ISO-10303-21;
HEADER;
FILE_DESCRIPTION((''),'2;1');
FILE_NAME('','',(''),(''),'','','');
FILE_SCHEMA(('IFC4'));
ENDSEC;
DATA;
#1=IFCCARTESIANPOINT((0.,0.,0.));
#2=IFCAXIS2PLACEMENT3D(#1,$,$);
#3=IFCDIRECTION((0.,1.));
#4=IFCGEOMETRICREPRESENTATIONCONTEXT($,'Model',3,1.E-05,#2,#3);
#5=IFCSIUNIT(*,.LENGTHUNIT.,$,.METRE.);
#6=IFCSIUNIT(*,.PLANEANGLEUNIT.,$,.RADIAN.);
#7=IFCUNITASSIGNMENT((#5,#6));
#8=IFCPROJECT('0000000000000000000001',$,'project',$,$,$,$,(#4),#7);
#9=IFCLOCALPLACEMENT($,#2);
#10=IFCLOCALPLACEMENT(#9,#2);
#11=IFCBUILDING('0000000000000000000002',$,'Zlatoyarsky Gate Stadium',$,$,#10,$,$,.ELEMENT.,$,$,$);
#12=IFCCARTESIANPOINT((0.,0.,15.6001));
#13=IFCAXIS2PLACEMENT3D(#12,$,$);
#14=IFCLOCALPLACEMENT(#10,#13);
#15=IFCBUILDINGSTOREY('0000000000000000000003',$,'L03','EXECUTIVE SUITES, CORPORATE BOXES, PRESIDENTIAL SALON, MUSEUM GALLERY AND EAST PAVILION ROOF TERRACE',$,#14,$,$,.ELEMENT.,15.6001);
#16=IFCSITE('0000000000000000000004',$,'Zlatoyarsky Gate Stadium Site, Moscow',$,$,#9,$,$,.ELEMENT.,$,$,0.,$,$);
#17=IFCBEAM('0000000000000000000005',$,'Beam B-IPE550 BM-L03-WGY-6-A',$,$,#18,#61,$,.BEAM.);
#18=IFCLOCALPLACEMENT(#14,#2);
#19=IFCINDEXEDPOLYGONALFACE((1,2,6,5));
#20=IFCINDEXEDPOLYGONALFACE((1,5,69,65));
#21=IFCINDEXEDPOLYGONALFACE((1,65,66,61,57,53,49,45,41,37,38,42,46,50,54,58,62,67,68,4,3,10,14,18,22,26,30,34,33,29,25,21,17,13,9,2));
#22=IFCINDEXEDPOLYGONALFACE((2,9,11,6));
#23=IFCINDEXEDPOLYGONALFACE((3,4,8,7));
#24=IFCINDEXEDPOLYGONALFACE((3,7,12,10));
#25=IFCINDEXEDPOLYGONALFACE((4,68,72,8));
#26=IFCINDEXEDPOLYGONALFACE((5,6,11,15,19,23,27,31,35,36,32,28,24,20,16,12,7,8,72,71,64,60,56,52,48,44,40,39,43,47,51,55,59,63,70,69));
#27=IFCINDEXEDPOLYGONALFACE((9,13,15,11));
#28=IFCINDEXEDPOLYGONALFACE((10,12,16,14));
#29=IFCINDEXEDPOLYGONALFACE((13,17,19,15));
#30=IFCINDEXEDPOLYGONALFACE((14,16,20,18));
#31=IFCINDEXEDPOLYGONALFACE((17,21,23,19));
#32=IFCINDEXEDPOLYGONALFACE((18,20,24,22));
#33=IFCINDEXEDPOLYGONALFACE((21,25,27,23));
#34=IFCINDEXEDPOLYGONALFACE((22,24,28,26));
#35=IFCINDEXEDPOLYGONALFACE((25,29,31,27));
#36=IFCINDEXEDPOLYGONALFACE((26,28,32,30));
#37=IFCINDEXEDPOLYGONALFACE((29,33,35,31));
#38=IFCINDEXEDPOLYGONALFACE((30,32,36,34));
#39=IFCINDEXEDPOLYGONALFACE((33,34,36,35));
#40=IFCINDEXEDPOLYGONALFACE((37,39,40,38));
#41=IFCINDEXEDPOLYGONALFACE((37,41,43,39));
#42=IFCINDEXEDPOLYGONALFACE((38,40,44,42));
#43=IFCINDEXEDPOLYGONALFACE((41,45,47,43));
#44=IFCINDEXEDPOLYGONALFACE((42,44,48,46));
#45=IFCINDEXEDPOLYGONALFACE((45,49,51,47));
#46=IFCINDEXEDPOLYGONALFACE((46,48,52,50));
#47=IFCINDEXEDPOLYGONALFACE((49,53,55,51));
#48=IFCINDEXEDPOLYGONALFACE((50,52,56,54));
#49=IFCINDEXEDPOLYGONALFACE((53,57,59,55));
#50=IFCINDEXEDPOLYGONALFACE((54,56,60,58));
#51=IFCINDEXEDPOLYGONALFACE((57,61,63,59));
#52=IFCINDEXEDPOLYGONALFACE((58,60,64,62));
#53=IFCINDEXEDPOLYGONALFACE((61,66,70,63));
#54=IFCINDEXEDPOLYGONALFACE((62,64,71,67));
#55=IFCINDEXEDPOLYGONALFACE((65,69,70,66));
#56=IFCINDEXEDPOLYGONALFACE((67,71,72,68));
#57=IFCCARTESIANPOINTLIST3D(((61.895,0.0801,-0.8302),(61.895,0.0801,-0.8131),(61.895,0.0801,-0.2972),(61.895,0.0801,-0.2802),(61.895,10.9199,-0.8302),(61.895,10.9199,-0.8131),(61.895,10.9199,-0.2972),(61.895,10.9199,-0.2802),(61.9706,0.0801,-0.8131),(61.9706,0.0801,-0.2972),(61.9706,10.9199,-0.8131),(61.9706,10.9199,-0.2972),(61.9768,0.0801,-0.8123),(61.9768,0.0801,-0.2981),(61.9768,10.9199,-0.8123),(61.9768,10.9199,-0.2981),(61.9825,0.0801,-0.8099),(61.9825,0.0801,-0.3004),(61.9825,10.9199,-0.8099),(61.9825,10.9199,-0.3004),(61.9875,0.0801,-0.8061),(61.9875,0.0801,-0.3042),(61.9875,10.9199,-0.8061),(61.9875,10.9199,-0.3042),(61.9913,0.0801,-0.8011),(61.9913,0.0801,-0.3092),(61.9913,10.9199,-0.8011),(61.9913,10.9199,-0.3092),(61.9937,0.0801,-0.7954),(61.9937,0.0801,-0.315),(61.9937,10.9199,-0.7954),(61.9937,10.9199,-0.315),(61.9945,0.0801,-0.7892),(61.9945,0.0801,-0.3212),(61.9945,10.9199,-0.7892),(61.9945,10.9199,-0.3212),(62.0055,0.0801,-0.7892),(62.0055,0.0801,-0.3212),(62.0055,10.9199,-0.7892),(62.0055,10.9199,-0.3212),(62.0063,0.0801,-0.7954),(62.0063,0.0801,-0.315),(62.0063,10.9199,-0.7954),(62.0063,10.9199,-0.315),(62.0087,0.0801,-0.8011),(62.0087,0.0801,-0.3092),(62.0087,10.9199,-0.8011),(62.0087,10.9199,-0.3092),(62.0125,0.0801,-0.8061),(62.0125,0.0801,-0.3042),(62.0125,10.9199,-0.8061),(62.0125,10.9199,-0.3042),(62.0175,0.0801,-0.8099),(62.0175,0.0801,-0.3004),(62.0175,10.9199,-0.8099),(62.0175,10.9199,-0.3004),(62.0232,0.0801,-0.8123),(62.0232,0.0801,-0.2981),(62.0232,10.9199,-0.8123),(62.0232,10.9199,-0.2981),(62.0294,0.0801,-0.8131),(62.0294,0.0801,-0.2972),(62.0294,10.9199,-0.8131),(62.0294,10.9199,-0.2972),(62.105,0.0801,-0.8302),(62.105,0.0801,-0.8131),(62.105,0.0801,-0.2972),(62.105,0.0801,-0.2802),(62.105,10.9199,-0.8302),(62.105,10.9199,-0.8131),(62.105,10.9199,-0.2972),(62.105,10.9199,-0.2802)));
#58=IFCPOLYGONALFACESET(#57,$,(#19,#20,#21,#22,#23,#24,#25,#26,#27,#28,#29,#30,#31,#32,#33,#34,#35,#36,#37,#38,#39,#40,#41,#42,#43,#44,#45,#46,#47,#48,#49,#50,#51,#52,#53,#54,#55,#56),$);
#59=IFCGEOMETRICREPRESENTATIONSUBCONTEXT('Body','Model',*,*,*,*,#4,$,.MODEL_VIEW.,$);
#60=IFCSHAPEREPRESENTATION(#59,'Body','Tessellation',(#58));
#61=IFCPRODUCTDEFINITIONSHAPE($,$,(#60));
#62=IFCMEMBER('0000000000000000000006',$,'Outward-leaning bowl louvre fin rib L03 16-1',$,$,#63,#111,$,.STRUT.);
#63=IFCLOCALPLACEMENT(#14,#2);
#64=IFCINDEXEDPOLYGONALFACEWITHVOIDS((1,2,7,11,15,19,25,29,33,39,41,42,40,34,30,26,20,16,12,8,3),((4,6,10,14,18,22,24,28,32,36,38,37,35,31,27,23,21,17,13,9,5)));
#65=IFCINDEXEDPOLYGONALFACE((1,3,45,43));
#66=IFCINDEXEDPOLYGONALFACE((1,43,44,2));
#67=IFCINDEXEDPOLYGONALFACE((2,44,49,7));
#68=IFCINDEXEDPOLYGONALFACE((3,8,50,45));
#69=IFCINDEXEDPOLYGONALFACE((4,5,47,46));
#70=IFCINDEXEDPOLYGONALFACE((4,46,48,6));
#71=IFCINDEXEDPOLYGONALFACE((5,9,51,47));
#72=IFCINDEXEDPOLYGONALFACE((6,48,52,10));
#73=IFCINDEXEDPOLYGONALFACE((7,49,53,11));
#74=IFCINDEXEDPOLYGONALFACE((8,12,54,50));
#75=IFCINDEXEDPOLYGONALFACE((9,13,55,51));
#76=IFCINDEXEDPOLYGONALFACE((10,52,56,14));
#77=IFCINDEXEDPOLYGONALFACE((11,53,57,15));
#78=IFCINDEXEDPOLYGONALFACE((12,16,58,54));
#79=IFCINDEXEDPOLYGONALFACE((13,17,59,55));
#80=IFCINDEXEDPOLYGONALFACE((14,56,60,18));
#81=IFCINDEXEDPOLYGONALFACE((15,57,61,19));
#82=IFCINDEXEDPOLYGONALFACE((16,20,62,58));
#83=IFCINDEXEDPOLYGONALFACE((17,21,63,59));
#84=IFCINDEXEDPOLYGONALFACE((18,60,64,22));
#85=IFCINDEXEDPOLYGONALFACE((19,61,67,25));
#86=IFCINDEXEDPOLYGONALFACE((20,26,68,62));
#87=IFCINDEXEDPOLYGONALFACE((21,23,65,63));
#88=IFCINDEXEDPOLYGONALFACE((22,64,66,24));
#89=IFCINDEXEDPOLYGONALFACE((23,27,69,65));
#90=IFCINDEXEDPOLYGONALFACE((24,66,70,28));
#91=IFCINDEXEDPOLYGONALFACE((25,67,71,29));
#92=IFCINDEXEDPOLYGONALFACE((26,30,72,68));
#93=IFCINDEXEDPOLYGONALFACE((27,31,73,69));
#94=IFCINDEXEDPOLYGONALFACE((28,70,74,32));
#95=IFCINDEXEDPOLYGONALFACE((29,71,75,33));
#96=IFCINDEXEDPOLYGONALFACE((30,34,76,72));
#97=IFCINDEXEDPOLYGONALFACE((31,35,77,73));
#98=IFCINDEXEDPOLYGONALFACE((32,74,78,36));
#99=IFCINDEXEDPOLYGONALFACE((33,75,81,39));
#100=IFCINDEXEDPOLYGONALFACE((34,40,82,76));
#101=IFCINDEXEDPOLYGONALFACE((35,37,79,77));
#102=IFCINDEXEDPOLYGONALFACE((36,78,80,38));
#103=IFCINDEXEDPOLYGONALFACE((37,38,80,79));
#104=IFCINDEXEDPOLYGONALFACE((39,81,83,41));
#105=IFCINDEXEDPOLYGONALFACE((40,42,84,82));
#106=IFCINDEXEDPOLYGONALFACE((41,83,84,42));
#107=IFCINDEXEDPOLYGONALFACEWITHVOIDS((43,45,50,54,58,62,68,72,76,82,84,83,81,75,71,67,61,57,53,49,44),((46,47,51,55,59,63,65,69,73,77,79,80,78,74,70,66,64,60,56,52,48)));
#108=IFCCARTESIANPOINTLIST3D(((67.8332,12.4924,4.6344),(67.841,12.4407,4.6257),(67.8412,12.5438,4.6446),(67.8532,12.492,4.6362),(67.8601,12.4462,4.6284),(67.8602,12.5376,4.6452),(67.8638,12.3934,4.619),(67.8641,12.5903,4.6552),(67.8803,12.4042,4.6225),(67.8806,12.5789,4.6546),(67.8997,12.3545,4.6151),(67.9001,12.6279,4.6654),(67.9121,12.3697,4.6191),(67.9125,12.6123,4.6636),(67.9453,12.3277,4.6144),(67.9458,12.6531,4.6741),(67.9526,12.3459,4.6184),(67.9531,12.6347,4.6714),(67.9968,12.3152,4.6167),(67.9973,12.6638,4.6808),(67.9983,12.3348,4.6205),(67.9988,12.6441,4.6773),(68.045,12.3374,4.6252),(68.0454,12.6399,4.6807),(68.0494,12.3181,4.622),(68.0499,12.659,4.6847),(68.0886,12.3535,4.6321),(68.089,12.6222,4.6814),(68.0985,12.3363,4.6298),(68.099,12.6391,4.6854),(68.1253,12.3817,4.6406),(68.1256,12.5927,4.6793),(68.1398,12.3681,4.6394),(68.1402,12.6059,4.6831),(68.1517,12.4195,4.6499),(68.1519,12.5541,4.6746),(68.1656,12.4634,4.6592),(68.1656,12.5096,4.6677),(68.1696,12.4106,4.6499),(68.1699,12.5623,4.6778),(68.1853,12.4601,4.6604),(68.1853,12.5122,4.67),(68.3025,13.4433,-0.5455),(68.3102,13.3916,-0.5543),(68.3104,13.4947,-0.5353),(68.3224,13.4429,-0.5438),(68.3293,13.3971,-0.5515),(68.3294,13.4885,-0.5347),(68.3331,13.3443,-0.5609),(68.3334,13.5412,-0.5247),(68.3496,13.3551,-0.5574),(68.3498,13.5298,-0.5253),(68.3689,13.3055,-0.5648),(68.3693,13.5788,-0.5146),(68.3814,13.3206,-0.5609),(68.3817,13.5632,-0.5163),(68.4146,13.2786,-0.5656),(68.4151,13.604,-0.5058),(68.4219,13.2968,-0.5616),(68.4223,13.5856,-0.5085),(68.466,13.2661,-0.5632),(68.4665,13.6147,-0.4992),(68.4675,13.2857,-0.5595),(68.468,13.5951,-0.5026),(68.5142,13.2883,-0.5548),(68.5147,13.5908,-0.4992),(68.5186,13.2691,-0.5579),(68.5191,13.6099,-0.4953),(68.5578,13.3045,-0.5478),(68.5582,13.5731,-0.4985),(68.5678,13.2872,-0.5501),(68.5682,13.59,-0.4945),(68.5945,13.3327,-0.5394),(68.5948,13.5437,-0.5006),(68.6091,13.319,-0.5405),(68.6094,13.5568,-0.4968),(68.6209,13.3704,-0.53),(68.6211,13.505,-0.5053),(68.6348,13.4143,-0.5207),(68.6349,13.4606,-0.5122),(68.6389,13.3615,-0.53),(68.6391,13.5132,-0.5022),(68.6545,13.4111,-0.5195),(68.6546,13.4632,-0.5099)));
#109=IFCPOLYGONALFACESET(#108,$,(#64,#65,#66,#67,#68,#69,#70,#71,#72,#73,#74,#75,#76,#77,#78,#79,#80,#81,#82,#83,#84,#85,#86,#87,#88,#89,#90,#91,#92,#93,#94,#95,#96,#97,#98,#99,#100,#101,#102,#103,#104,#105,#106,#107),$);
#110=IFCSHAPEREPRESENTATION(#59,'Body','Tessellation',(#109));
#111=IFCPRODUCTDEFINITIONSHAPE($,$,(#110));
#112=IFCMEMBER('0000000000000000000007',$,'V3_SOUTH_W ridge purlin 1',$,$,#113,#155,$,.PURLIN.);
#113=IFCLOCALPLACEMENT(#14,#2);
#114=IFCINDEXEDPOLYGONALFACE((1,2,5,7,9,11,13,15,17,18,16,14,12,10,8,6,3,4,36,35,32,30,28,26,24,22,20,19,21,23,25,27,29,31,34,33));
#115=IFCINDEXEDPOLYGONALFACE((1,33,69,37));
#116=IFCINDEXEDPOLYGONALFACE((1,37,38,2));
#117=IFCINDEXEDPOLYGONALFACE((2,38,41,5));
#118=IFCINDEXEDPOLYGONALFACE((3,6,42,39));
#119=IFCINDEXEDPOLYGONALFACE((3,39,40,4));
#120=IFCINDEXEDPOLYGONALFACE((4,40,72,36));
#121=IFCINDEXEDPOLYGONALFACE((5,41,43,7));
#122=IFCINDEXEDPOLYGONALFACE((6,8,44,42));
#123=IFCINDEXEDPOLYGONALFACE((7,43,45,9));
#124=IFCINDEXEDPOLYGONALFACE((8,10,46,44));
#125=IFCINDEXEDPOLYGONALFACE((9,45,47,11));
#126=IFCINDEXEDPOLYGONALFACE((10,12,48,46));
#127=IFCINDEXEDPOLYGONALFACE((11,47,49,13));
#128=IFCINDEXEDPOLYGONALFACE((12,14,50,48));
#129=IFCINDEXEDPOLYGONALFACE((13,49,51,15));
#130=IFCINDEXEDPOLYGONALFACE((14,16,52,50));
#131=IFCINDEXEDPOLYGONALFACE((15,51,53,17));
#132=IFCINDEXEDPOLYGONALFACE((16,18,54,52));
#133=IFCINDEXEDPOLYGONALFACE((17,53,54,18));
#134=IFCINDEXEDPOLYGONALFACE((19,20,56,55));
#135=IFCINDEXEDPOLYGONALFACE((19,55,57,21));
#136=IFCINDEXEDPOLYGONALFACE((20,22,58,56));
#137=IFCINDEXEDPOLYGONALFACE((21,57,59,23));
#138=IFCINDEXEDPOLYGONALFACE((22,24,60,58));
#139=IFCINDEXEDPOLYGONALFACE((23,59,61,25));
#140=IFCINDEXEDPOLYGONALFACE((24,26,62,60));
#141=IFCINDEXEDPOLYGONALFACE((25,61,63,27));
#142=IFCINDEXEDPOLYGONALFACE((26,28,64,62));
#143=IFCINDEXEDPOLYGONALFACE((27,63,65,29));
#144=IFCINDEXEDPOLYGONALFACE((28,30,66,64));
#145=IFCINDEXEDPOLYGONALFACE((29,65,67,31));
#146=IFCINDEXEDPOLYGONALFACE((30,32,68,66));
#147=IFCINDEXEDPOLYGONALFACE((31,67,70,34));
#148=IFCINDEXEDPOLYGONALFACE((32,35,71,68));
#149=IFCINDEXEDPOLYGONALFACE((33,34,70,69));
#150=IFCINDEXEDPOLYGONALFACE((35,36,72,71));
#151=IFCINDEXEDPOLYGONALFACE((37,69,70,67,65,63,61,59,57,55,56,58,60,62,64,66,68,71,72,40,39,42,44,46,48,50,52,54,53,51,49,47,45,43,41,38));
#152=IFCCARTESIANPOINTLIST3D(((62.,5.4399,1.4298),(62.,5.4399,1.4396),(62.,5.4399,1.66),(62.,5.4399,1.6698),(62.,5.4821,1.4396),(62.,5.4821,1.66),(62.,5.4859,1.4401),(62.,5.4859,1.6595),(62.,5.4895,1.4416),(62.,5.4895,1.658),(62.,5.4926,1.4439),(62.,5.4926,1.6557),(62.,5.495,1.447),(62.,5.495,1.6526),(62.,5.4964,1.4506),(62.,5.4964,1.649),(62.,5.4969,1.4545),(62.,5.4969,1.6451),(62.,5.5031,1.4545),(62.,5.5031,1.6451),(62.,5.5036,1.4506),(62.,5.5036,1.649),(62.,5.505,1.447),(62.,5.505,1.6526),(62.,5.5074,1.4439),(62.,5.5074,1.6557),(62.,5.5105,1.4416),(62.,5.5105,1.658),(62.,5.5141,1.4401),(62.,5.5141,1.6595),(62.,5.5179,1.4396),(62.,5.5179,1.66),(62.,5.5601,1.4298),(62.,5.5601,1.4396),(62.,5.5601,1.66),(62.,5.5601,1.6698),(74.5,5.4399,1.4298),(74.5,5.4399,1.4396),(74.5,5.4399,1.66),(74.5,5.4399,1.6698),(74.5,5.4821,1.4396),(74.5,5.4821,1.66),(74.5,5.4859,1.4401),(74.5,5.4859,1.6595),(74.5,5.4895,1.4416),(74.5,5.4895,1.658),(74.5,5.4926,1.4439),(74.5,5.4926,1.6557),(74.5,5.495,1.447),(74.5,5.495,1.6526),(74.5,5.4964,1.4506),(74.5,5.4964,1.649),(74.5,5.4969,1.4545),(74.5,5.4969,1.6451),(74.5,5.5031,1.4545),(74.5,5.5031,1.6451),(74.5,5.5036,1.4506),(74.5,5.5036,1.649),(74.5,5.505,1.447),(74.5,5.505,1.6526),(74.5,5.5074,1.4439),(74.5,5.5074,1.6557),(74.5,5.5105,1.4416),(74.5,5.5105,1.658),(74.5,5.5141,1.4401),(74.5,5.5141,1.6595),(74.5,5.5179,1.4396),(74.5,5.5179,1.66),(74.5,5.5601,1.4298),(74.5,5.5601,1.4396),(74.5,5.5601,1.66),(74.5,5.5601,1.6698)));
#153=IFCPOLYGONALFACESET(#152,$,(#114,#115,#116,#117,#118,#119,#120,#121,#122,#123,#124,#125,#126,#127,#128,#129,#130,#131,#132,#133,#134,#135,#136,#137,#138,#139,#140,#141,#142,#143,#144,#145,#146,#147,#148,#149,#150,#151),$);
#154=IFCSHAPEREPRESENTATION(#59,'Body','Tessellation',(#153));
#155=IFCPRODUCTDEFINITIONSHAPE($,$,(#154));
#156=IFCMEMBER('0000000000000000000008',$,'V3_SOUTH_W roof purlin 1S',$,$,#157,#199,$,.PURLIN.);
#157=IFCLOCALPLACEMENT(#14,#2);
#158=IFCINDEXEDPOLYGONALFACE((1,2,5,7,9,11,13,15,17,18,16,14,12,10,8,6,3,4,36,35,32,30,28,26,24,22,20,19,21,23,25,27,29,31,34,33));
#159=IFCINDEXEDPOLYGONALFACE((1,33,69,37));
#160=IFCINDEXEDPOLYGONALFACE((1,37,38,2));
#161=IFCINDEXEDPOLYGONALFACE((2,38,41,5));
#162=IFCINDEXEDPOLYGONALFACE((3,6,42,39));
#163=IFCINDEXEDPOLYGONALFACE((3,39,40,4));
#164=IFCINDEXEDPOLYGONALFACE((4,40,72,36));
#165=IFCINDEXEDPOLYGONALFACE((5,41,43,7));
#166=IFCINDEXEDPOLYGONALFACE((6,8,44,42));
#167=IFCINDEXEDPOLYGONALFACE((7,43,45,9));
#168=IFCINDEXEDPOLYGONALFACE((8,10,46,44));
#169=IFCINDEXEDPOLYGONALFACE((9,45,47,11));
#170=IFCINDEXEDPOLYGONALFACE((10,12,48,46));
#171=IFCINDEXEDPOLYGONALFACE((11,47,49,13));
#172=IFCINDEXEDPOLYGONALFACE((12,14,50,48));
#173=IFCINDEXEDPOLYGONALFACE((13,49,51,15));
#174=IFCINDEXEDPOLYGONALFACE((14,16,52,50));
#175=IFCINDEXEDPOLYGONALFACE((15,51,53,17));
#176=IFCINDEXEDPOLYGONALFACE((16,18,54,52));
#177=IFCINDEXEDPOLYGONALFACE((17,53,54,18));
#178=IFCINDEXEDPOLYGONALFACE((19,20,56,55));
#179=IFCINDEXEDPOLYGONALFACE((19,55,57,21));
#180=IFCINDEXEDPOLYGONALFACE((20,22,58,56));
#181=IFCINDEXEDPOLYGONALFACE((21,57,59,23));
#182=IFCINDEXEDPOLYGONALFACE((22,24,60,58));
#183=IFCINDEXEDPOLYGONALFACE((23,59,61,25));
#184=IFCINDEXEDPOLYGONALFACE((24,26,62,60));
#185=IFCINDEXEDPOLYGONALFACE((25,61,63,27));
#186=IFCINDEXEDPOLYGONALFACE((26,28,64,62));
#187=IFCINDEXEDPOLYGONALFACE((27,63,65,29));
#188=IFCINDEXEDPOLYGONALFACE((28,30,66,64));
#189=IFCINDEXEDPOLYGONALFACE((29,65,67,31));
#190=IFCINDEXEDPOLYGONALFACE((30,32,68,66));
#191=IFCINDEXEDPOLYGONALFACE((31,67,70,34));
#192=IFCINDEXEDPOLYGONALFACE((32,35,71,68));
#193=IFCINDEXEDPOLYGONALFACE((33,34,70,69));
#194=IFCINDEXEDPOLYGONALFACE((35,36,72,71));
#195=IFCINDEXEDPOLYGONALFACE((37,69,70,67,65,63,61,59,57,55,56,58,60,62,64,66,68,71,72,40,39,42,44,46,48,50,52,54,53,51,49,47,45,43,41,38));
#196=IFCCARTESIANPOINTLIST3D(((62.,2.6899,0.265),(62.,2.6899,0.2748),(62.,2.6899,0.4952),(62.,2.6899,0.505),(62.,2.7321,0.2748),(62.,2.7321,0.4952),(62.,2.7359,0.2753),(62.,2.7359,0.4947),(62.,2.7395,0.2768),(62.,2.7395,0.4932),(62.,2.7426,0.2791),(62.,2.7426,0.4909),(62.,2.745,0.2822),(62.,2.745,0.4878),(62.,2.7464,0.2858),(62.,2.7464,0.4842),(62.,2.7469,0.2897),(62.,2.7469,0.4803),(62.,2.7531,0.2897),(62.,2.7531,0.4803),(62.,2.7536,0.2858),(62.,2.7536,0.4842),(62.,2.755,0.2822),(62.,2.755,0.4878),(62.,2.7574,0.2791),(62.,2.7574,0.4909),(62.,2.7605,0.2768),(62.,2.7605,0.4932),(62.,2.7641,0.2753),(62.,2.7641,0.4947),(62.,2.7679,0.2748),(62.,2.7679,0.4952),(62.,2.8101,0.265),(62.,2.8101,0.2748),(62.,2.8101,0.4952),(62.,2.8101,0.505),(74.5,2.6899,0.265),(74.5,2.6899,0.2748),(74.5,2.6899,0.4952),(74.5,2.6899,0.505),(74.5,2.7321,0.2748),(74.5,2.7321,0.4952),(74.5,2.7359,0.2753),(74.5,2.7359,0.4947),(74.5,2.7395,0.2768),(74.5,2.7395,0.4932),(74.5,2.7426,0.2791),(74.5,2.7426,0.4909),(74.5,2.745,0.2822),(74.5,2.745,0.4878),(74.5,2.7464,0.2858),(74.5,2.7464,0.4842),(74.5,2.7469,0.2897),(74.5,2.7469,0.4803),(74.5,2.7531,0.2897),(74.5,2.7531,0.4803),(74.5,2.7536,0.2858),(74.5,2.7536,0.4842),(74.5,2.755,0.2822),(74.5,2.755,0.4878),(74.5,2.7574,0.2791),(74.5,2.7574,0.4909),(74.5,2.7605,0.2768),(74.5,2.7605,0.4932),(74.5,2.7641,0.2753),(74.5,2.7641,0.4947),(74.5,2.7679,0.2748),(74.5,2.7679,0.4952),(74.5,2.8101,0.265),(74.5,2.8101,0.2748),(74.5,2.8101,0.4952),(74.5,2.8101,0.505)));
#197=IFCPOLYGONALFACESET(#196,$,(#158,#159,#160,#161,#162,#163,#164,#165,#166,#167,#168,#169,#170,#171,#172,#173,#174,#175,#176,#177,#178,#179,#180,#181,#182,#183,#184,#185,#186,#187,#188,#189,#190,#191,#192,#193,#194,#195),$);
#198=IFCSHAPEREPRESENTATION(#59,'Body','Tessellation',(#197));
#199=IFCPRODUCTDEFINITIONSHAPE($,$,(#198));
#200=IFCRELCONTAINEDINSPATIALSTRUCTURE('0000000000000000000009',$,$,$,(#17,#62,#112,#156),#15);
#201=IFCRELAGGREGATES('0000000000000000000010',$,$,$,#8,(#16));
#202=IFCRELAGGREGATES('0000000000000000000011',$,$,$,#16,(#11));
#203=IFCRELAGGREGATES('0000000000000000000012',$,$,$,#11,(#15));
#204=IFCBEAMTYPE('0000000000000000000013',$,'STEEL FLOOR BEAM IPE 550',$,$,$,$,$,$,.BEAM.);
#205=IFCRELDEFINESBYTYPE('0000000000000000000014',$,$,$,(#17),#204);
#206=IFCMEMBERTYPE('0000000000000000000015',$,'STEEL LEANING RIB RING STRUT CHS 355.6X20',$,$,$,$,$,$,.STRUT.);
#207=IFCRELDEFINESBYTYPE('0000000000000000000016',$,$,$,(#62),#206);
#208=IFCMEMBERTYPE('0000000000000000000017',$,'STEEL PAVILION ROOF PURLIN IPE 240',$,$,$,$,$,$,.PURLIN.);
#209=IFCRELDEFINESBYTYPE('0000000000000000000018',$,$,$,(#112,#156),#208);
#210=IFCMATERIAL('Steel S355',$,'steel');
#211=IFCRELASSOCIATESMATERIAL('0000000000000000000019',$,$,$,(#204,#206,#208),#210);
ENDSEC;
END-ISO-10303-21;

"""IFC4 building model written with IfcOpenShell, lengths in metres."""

from ifc_helpers import new_model, si_unit, direction, frame, origin, origin_2d, place, context, subcontext, project, spatial, hollow_circle, i_section, extrude, material, material_profile, profile_set, type_object, element, save


model = new_model("IFC4")

# Units and contexts
model_context = context("Model", 3, precision=1e-05, world=origin(), true_north=direction((0.0, 1.0)))
body_context = subcontext(model_context, "Body", "Model", "MODEL_VIEW")
ifc_project = project(units=[si_unit("LENGTHUNIT", "METRE"), si_unit("PLANEANGLEUNIT", "RADIAN")], contexts=[model_context])

# Site, building, storey
site_placement = place(None, origin())
site = spatial("IfcSite", under=ifc_project, at=site_placement, Name="Zlatoyarsky Gate Stadium Site, Moscow", CompositionType="ELEMENT", RefElevation=0.0)
building_placement = place(site_placement, origin())
building = spatial("IfcBuilding", under=site, at=building_placement, Name="Zlatoyarsky Gate Stadium", CompositionType="ELEMENT")
storey_placement = place(building_placement, frame((0.0, 0.0, 15.6001)))
storey = spatial("IfcBuildingStorey", under=building, at=storey_placement, Name="L03", Description="EXECUTIVE SUITES, CORPORATE BOXES, PRESIDENTIAL SALON, MUSEUM GALLERY AND EAST PAVILION ROOF TERRACE", CompositionType="ELEMENT", Elevation=15.6001)

# Beam
ifc_material_1 = material(Name="Steel S355", Category="steel")
ifc_material_profile_1 = material_profile(ifc_material_1, i_section(OverallWidth=0.21, OverallDepth=0.55, WebThickness=0.011, FlangeThickness=0.0171, FilletRadius=0.0239, at=origin_2d()), Name="IPE 550")
ifc_profile_set_1 = profile_set([ifc_material_profile_1], Name="Steel S355")
beam_type_1 = type_object("IfcBeamType", Name="STEEL FLOOR BEAM IPE 550", PredefinedType="BEAM", material=ifc_profile_set_1)
beam_placement = place(storey_placement, frame((62.0, 0.0801, -0.5552), z_axis=(0.0, 1.0, 0.0), x_axis=(-1.0, 0.0, 0.0)))
element("IfcBeam", 1, at=beam_placement, inside=storey, type_object=beam_type_1, Name="Beam B-IPE550 BM-L03-WGY-6-A", PredefinedType="BEAM", context=body_context, shape_type="SweptSolid", body=[
    extrude(i_section(OverallWidth=0.21, OverallDepth=0.55, WebThickness=0.011, FlangeThickness=0.0171, FilletRadius=0.0239, at=origin_2d()), origin(), (0.0, 0.0, 1.0), 10.8398),
])

# Members
ifc_material_profile_2 = material_profile(ifc_material_1, hollow_circle(Radius=0.1777, WallThickness=0.02, at=origin_2d()), Name="CHS 355.6X20")
ifc_profile_set_2 = profile_set([ifc_material_profile_2], Name="Steel S355")
member_type_1 = type_object("IfcMemberType", Name="STEEL LEANING RIB RING STRUT CHS 355.6X20", PredefinedType="STRUT", material=ifc_profile_set_2)
member_1_placement = place(storey_placement, frame((68.4795, 13.4402, -0.53), z_axis=(-0.088747, -0.179849, 0.979683), x_axis=(0.896763, -0.442511, 0.0)))
element("IfcMember", 2, at=member_1_placement, inside=storey, type_object=member_type_1, Name="Outward-leaning bowl louvre fin rib L03 16-1", PredefinedType="STRUT", context=body_context, shape_type="SweptSolid", body=[
    extrude(hollow_circle(Radius=0.1777, WallThickness=0.02, at=origin_2d()), origin(), (0.0, 0.0, 1.0), 5.2874),
])
ifc_material_profile_3 = material_profile(ifc_material_1, i_section(OverallWidth=0.1201, OverallDepth=0.24, WebThickness=0.0061, FlangeThickness=0.0098, FilletRadius=0.0149, at=origin_2d()), Name="IPE 240")
ifc_profile_set_3 = profile_set([ifc_material_profile_3], Name="Steel S355")
member_type_2 = type_object("IfcMemberType", Name="STEEL PAVILION ROOF PURLIN IPE 240", PredefinedType="PURLIN", material=ifc_profile_set_3)
for number, where, z_axis, x_axis, name in (
    (3, (62.0, 5.5, 1.5498), (1.0, 0.0, 0.0), (0.0, 1.0, 0.0), "V3_SOUTH_W ridge purlin 1"),
    (4, (62.0, 2.75, 0.385), (1.0, 0.0, 0.0), (0.0, 1.0, 0.0), "V3_SOUTH_W roof purlin 1S"),
):
    element("IfcMember", number, at=place(storey_placement, frame(where, z_axis=z_axis, x_axis=x_axis)), inside=storey, type_object=member_type_2, Name=name, PredefinedType="PURLIN", context=body_context, shape_type="SweptSolid", body=[
        extrude(i_section(OverallWidth=0.1201, OverallDepth=0.24, WebThickness=0.0061, FlangeThickness=0.0098, FilletRadius=0.0149, at=origin_2d()), origin(), (0.0, 0.0, 1.0), 12.5),
    ])

save(model, "model.ifc")
